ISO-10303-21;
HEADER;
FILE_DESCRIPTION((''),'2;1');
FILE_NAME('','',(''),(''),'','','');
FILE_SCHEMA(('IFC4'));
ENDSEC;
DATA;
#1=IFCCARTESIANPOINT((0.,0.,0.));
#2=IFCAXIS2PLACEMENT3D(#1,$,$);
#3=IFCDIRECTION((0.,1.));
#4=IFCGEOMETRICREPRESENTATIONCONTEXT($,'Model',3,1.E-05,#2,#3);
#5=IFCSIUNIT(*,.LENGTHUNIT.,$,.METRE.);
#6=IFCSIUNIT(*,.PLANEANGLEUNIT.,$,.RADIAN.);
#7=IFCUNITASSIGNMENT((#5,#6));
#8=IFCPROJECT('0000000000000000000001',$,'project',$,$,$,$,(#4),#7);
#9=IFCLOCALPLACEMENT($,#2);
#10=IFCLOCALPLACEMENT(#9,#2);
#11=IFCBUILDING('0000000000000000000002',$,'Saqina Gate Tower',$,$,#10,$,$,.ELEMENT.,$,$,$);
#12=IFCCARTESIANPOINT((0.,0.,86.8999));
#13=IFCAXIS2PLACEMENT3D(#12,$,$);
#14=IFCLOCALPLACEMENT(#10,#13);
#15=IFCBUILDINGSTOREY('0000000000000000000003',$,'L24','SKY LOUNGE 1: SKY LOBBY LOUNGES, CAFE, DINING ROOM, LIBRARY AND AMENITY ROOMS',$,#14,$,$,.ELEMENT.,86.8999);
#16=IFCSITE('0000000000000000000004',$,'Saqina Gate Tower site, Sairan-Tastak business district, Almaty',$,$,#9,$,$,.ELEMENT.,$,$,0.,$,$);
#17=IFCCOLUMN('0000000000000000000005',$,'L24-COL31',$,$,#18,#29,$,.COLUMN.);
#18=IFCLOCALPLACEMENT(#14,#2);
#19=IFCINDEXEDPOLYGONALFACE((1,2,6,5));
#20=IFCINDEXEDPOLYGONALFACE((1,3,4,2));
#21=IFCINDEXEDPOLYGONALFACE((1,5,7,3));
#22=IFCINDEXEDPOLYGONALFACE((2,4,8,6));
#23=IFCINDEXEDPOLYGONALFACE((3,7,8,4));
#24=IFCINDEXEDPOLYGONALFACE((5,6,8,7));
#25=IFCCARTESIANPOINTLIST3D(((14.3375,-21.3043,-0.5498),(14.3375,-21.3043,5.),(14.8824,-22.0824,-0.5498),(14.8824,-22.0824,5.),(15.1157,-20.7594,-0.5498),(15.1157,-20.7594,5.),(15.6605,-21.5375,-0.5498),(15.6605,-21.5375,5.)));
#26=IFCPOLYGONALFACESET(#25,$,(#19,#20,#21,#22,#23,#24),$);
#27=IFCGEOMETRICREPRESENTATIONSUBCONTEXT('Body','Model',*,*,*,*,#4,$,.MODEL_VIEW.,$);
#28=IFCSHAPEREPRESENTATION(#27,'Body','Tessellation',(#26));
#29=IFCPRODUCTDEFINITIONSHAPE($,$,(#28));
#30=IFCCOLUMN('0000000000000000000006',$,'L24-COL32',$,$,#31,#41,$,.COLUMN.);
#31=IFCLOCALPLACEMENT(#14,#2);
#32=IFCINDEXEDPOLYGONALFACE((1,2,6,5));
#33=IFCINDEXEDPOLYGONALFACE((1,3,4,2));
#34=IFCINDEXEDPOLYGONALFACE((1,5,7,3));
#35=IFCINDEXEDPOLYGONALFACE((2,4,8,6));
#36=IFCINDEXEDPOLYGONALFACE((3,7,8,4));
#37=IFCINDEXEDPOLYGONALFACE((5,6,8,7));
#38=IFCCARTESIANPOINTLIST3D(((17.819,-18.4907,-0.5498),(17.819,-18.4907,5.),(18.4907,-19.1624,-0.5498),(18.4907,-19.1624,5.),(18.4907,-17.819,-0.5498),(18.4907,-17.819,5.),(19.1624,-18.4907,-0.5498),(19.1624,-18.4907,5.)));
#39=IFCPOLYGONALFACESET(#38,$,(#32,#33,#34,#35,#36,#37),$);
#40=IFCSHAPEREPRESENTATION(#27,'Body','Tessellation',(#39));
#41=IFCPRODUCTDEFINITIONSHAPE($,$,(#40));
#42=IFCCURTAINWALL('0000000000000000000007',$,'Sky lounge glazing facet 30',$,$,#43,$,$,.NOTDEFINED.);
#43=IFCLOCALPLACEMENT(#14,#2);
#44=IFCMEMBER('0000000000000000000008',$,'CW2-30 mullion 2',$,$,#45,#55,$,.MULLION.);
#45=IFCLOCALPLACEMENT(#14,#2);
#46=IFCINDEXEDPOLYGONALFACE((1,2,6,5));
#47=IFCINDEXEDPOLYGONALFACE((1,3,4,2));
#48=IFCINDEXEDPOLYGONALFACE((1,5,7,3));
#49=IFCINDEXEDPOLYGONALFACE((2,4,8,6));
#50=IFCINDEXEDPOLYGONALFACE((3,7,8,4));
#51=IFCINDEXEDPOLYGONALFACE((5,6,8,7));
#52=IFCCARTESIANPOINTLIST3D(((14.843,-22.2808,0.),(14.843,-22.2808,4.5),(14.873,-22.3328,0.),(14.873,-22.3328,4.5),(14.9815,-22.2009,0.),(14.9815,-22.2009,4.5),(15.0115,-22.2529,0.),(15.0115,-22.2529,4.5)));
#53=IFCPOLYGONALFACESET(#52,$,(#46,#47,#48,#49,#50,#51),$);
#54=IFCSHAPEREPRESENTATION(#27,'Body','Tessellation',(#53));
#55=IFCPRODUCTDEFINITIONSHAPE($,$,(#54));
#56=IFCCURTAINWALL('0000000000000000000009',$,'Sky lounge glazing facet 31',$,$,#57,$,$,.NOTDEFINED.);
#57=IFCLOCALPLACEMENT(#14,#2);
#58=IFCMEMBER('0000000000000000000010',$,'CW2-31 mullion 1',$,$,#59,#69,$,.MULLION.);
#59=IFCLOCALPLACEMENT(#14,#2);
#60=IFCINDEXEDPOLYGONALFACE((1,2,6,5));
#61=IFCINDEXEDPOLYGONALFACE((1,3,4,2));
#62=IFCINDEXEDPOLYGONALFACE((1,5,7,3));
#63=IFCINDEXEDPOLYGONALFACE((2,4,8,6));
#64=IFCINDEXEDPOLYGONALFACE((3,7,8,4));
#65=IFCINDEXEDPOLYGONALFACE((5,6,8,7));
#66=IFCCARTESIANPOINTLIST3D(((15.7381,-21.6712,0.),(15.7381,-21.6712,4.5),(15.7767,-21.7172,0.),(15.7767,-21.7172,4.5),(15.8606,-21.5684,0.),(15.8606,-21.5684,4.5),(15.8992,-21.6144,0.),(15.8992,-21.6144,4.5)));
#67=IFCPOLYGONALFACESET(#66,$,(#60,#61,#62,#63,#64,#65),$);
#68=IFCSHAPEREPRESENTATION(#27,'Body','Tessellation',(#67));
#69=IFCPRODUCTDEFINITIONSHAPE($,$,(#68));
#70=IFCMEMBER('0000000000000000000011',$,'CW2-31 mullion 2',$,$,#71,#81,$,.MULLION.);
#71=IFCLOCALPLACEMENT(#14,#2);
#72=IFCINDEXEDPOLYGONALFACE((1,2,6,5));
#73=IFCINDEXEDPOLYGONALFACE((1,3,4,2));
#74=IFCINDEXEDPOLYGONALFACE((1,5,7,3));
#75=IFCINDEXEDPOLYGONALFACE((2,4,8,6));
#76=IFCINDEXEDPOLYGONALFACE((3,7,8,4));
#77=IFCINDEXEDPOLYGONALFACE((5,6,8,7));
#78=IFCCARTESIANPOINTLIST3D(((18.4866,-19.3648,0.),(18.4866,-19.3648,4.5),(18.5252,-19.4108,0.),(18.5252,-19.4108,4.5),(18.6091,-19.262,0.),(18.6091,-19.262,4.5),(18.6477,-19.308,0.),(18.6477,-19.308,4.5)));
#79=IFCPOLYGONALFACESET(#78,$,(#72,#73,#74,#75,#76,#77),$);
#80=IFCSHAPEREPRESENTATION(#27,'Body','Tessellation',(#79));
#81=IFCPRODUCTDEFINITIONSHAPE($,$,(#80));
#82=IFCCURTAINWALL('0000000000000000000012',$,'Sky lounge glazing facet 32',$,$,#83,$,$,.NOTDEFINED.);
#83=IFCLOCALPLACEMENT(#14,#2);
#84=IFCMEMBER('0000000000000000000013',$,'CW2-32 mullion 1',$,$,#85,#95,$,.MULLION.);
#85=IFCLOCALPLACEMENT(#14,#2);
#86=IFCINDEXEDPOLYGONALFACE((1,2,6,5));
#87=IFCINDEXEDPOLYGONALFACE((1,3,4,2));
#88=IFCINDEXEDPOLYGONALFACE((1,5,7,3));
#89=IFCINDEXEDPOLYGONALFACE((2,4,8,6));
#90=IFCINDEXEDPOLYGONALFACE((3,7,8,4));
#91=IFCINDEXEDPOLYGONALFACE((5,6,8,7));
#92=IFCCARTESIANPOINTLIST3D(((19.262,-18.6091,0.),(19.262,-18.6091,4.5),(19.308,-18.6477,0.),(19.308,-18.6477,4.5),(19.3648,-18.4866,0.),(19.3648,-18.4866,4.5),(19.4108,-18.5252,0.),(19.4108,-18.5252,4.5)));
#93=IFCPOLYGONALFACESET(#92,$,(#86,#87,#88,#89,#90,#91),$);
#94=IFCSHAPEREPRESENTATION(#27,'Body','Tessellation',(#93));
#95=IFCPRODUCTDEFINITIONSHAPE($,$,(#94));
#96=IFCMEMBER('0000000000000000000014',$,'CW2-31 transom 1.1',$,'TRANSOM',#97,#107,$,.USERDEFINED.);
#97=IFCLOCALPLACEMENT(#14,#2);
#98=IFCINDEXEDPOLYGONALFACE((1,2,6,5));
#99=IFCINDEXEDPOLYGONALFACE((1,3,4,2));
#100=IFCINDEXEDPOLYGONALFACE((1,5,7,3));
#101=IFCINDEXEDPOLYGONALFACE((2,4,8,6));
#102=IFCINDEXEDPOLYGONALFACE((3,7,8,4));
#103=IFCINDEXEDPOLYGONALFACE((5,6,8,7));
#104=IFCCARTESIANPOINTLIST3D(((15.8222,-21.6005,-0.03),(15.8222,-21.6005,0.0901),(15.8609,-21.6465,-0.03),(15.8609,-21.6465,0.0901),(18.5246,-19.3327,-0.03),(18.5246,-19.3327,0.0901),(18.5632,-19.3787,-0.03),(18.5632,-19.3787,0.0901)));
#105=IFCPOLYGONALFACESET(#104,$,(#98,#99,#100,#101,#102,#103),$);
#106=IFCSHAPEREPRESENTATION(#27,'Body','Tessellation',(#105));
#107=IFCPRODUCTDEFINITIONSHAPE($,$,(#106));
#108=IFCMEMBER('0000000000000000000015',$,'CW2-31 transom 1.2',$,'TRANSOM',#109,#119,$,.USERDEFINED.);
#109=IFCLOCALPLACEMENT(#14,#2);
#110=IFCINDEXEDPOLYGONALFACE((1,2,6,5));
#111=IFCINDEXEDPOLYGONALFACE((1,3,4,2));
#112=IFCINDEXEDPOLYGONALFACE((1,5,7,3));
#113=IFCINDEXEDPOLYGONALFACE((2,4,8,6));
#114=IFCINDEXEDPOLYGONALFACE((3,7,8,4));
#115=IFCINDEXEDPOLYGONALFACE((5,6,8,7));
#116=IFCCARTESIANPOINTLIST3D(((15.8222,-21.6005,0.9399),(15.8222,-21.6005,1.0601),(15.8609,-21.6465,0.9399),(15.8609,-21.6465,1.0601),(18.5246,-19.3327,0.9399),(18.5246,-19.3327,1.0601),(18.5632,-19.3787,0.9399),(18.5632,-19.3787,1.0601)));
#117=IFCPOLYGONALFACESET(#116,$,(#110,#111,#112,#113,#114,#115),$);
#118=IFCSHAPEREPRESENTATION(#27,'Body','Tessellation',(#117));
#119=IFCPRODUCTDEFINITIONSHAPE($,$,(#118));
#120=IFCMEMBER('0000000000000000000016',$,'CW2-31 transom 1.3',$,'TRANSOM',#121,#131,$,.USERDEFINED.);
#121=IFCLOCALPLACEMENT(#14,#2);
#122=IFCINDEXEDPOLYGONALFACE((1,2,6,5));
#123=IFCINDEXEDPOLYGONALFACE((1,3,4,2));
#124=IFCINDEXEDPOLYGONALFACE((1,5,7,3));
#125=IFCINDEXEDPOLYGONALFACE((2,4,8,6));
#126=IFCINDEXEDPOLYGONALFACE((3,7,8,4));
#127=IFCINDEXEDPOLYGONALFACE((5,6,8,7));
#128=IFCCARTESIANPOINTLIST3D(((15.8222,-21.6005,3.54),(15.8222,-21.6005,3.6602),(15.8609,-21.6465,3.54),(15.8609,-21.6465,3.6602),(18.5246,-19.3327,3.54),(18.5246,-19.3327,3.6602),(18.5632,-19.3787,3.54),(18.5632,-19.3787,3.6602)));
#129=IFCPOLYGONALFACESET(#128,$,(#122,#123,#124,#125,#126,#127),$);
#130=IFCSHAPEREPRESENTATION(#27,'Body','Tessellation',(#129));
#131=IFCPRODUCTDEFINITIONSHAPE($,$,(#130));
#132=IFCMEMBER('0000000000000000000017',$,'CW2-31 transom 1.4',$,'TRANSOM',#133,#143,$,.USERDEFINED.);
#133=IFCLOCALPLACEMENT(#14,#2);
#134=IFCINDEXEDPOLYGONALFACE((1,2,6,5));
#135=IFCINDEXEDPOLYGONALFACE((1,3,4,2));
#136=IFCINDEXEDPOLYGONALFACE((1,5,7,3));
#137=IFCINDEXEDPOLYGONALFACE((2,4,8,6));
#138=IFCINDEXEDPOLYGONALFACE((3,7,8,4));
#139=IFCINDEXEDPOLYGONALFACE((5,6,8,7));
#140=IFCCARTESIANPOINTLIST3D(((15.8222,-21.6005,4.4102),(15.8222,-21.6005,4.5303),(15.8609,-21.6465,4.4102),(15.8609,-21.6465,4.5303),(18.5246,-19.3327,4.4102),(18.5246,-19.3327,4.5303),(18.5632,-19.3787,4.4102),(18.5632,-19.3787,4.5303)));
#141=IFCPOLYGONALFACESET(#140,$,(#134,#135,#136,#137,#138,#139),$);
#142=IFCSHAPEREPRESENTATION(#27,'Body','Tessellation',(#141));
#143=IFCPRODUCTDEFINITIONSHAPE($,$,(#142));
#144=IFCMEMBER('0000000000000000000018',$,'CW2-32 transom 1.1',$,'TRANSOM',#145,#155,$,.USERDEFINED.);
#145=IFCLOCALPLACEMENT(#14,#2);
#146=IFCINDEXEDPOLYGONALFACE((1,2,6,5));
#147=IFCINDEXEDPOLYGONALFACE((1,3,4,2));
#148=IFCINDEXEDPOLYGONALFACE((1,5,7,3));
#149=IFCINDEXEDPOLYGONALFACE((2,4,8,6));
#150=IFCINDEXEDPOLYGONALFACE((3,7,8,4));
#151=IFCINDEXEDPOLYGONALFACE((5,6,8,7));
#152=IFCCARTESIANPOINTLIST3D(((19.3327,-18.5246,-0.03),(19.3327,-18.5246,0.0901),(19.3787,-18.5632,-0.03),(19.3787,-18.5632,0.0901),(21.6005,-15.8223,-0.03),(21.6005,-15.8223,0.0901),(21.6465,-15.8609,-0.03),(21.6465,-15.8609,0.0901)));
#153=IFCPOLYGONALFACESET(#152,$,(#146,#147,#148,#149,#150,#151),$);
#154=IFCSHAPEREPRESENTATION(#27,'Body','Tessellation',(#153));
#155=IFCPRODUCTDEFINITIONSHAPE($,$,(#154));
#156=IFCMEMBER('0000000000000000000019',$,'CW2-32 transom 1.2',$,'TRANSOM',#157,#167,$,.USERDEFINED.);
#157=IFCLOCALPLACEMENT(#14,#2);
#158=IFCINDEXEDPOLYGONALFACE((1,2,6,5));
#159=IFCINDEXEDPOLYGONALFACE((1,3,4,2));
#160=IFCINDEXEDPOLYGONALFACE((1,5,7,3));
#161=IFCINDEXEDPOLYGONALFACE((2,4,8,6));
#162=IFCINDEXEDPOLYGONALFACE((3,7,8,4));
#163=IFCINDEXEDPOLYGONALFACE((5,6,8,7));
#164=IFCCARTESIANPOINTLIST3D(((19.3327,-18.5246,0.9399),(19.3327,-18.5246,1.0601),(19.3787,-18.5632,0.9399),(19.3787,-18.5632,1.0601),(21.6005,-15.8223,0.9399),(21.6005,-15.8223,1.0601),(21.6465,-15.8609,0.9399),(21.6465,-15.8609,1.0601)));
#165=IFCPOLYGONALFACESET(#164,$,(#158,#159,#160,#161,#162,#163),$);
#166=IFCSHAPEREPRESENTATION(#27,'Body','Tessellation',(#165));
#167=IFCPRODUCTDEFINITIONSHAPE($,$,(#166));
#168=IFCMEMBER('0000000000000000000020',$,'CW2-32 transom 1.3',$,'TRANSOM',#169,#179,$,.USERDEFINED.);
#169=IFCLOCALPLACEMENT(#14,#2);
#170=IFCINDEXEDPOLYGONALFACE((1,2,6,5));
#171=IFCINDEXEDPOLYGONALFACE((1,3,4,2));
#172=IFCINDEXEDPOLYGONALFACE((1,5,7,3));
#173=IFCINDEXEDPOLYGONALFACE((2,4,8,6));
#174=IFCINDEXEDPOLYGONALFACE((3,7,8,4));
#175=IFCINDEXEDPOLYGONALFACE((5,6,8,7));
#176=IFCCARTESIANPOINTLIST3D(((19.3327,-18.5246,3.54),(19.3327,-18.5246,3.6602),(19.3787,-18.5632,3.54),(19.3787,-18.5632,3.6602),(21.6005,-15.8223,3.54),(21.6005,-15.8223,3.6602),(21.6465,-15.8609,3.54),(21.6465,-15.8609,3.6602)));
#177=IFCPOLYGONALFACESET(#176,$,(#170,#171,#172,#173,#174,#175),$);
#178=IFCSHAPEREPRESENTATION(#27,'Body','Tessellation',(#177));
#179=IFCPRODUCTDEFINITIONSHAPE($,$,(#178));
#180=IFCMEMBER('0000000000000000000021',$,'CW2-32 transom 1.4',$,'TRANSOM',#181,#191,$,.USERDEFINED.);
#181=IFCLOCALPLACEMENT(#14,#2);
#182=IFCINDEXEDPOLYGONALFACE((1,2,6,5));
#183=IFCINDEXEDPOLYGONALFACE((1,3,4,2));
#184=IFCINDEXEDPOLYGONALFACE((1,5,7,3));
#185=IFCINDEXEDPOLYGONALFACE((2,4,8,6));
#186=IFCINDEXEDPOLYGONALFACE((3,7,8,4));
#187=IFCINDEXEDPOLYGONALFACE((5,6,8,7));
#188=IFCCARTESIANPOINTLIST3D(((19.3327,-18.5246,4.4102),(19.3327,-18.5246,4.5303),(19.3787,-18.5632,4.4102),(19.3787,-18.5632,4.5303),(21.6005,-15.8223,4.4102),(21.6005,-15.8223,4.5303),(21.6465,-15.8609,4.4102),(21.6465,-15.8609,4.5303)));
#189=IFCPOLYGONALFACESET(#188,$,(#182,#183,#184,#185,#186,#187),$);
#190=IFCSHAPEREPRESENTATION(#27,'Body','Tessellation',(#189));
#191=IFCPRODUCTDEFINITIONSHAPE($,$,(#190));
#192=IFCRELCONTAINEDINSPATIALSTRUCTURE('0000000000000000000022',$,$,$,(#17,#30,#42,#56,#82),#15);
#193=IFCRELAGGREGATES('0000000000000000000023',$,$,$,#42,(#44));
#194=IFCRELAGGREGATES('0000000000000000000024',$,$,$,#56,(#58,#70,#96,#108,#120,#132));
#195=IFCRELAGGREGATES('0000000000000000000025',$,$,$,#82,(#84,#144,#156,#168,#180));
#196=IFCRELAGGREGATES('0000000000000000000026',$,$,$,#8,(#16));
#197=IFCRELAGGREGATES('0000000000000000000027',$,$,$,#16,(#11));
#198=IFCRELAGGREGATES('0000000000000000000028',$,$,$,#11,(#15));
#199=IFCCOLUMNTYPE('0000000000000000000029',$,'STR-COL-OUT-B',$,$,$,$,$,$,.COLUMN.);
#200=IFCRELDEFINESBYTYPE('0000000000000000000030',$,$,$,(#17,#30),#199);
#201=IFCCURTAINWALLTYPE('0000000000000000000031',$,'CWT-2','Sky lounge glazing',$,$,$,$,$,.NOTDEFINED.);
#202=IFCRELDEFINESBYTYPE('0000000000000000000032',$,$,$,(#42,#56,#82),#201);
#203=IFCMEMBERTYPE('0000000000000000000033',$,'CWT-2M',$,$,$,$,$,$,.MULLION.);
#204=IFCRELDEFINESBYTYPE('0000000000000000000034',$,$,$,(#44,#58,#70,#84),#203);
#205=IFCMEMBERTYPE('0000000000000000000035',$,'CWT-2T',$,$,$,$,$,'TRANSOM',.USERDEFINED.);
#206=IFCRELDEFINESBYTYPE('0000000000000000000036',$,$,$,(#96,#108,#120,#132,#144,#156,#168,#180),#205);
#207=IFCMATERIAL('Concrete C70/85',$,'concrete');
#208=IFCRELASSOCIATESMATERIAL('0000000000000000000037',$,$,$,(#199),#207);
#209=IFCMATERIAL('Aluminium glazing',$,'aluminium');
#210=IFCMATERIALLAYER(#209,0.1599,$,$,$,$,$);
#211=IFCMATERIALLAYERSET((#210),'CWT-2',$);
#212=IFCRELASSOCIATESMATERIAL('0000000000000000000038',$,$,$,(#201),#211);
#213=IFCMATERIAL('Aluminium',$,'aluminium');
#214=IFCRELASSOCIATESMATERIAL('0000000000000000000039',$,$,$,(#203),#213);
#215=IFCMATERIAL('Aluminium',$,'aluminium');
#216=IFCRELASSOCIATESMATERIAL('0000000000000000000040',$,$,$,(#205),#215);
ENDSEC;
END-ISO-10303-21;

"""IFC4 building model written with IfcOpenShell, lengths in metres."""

from ifc_helpers import new_model, si_unit, direction, frame, origin, origin_2d, place, context, subcontext, project, spatial, rectangle, extrude, material, layer, layer_set, material_profile, profile_set, type_object, element, aggregate, save


model = new_model("IFC4")

# Units and contexts
model_context = context("Model", 3, precision=1e-05, world=origin(), true_north=direction((0.0, 1.0)))
body_context = subcontext(model_context, "Body", "Model", "MODEL_VIEW")
ifc_project = project(units=[si_unit("LENGTHUNIT", "METRE"), si_unit("PLANEANGLEUNIT", "RADIAN")], contexts=[model_context])

# Site, building, storey
site_placement = place(None, origin())
site = spatial("IfcSite", under=ifc_project, at=site_placement, Name="Saqina Gate Tower site, Sairan-Tastak business district, Almaty", CompositionType="ELEMENT", RefElevation=0.0)
building_placement = place(site_placement, origin())
building = spatial("IfcBuilding", under=site, at=building_placement, Name="Saqina Gate Tower", CompositionType="ELEMENT")
storey_placement = place(building_placement, frame((0.0, 0.0, 86.8999)))
storey = spatial("IfcBuildingStorey", under=building, at=storey_placement, Name="L24", Description="SKY LOUNGE 1: SKY LOBBY LOUNGES, CAFE, DINING ROOM, LIBRARY AND AMENITY ROOMS", CompositionType="ELEMENT", Elevation=86.8999)

# Columns
ifc_material_1 = material(Name="Concrete C70/85", Category="concrete")
ifc_material_profile_1 = material_profile(ifc_material_1, rectangle(XDim=0.95, YDim=0.95, at=origin_2d()), Name="RC 950x950")
ifc_profile_set_1 = profile_set([ifc_material_profile_1], Name="Concrete C70/85")
column_type = type_object("IfcColumnType", Name="STR-COL-OUT-B", PredefinedType="COLUMN", material=ifc_profile_set_1)
for number, where, z_axis, x_axis, name in (
    (1, (14.999, -21.4209, -0.5498), (0.0, 0.0, 1.0), (0.573576, -0.819152, 0.0), "L24-COL31"),
    (2, (18.4907, -18.4907, -0.5498), (0.0, 0.0, 1.0), (0.707107, -0.707107, 0.0), "L24-COL32"),
):
    element("IfcColumn", number, at=place(storey_placement, frame(where, z_axis=z_axis, x_axis=x_axis)), inside=storey, type_object=column_type, Name=name, PredefinedType="COLUMN", context=body_context, shape_type="SweptSolid", body=[
        extrude(rectangle(XDim=0.95, YDim=0.95, at=origin_2d()), origin(), (0.0, 0.0, 1.0), 5.5498),
    ])

# Curtain wall, member
ifc_material_2 = material(Name="Aluminium glazing", Category="aluminium")
ifc_layer_1 = layer(ifc_material_2, 0.1599)
ifc_layer_set_1 = layer_set([ifc_layer_1], Name="CWT-2")
curtain_wall_type = type_object("IfcCurtainWallType", Name="CWT-2", Description="Sky lounge glazing", PredefinedType="NOTDEFINED", material=ifc_layer_set_1)
curtain_wall_1_placement = place(storey_placement, origin())
curtain_wall_1 = element("IfcCurtainWall", 3, at=curtain_wall_1_placement, inside=storey, type_object=curtain_wall_type, Name="Sky lounge glazing facet 30", PredefinedType="NOTDEFINED")
ifc_material_3 = material(Name="Aluminium", Category="aluminium")
ifc_material_profile_2 = material_profile(ifc_material_3, rectangle(XDim=0.0601, YDim=0.1599, at=origin_2d()), Name="Aluminium 60x160")
ifc_profile_set_2 = profile_set([ifc_material_profile_2], Name="Aluminium")
member_type_1 = type_object("IfcMemberType", Name="CWT-2M", PredefinedType="MULLION", material=ifc_profile_set_2)
member_1_placement = place(storey_placement, frame((14.9272, -22.2668, 0.0), z_axis=(0.0, 0.0, 1.0), x_axis=(-0.499999, 0.866026, 0.0)))
member_1 = element("IfcMember", 4, at=member_1_placement, type_object=member_type_1, Name="CW2-30 mullion 2", PredefinedType="MULLION", context=body_context, shape_type="SweptSolid", body=[
    extrude(rectangle(XDim=0.0601, YDim=0.1599, at=origin_2d()), origin(), (0.0, 0.0, 1.0), 4.5),
])

# Curtain wall, members
curtain_wall_2_placement = place(storey_placement, origin())
curtain_wall_2 = element("IfcCurtainWall", 5, at=curtain_wall_2_placement, inside=storey, type_object=curtain_wall_type, Name="Sky lounge glazing facet 31", PredefinedType="NOTDEFINED")
member_2_placement = place(storey_placement, frame((15.8186, -21.6428, 0.0), z_axis=(0.0, 0.0, 1.0), x_axis=(-0.642791, 0.766042, 0.0)))
member_2 = element("IfcMember", 6, at=member_2_placement, type_object=member_type_1, Name="CW2-31 mullion 1", PredefinedType="MULLION", context=body_context, shape_type="SweptSolid", body=[
    extrude(rectangle(XDim=0.0601, YDim=0.1599, at=origin_2d()), origin(), (0.0, 0.0, 1.0), 4.5),
])
member_3_placement = place(storey_placement, frame((18.5671, -19.3364, 0.0), z_axis=(0.0, 0.0, 1.0), x_axis=(-0.642791, 0.766042, 0.0)))
member_3 = element("IfcMember", 7, at=member_3_placement, type_object=member_type_1, Name="CW2-31 mullion 2", PredefinedType="MULLION", context=body_context, shape_type="SweptSolid", body=[
    extrude(rectangle(XDim=0.0601, YDim=0.1599, at=origin_2d()), origin(), (0.0, 0.0, 1.0), 4.5),
])

# Curtain wall, member
curtain_wall_3_placement = place(storey_placement, origin())
curtain_wall_3 = element("IfcCurtainWall", 8, at=curtain_wall_3_placement, inside=storey, type_object=curtain_wall_type, Name="Sky lounge glazing facet 32", PredefinedType="NOTDEFINED")
member_4_placement = place(storey_placement, frame((19.3364, -18.5671, 0.0), z_axis=(0.0, 0.0, 1.0), x_axis=(-0.766042, 0.642791, 0.0)))
member_4 = element("IfcMember", 9, at=member_4_placement, type_object=member_type_1, Name="CW2-32 mullion 1", PredefinedType="MULLION", context=body_context, shape_type="SweptSolid", body=[
    extrude(rectangle(XDim=0.0601, YDim=0.1599, at=origin_2d()), origin(), (0.0, 0.0, 1.0), 4.5),
])

# Members
ifc_material_4 = material(Name="Aluminium", Category="aluminium")
ifc_material_profile_3 = material_profile(ifc_material_4, rectangle(XDim=0.0601, YDim=0.1201, at=origin_2d()), Name="Aluminium 60x120")
ifc_profile_set_3 = profile_set([ifc_material_profile_3], Name="Aluminium")
member_type_2 = type_object("IfcMemberType", Name="CWT-2T", ElementType="TRANSOM", PredefinedType="USERDEFINED", material=ifc_profile_set_3)
member_5_placement = place(storey_placement, frame((15.8416, -21.6235, 0.03), z_axis=(0.76601, 0.642828, 0.0), x_axis=(-0.642828, 0.76601, 0.0)))
member_5 = element("IfcMember", 10, at=member_5_placement, type_object=member_type_2, Name="CW2-31 transom 1.1", ObjectType="TRANSOM", PredefinedType="USERDEFINED", context=body_context, shape_type="SweptSolid", body=[
    extrude(rectangle(XDim=0.0601, YDim=0.1201, at=origin_2d()), origin(), (0.0, 0.0, 1.0), 3.5278),
])
member_6_placement = place(storey_placement, frame((15.8416, -21.6235, 1.0), z_axis=(0.76601, 0.642828, 0.0), x_axis=(-0.642828, 0.76601, 0.0)))
member_6 = element("IfcMember", 11, at=member_6_placement, type_object=member_type_2, Name="CW2-31 transom 1.2", ObjectType="TRANSOM", PredefinedType="USERDEFINED", context=body_context, shape_type="SweptSolid", body=[
    extrude(rectangle(XDim=0.0601, YDim=0.1201, at=origin_2d()), origin(), (0.0, 0.0, 1.0), 3.5278),
])
member_7_placement = place(storey_placement, frame((15.8416, -21.6235, 3.6001), z_axis=(0.76601, 0.642828, 0.0), x_axis=(-0.642828, 0.76601, 0.0)))
member_7 = element("IfcMember", 12, at=member_7_placement, type_object=member_type_2, Name="CW2-31 transom 1.3", ObjectType="TRANSOM", PredefinedType="USERDEFINED", context=body_context, shape_type="SweptSolid", body=[
    extrude(rectangle(XDim=0.0601, YDim=0.1201, at=origin_2d()), origin(), (0.0, 0.0, 1.0), 3.5278),
])
member_8_placement = place(storey_placement, frame((15.8416, -21.6235, 4.4702), z_axis=(0.76601, 0.642828, 0.0), x_axis=(-0.642828, 0.76601, 0.0)))
member_8 = element("IfcMember", 13, at=member_8_placement, type_object=member_type_2, Name="CW2-31 transom 1.4", ObjectType="TRANSOM", PredefinedType="USERDEFINED", context=body_context, shape_type="SweptSolid", body=[
    extrude(rectangle(XDim=0.0601, YDim=0.1201, at=origin_2d()), origin(), (0.0, 0.0, 1.0), 3.5278),
])
member_9_placement = place(storey_placement, frame((19.3557, -18.5439, 0.03), z_axis=(0.642828, 0.76601, 0.0), x_axis=(-0.76601, 0.642828, 0.0)))
member_9 = element("IfcMember", 14, at=member_9_placement, type_object=member_type_2, Name="CW2-32 transom 1.1", ObjectType="TRANSOM", PredefinedType="USERDEFINED", context=body_context, shape_type="SweptSolid", body=[
    extrude(rectangle(XDim=0.0601, YDim=0.1201, at=origin_2d()), origin(), (0.0, 0.0, 1.0), 3.5278),
])
member_10_placement = place(storey_placement, frame((19.3557, -18.5439, 1.0), z_axis=(0.642828, 0.76601, 0.0), x_axis=(-0.76601, 0.642828, 0.0)))
member_10 = element("IfcMember", 15, at=member_10_placement, type_object=member_type_2, Name="CW2-32 transom 1.2", ObjectType="TRANSOM", PredefinedType="USERDEFINED", context=body_context, shape_type="SweptSolid", body=[
    extrude(rectangle(XDim=0.0601, YDim=0.1201, at=origin_2d()), origin(), (0.0, 0.0, 1.0), 3.5278),
])
member_11_placement = place(storey_placement, frame((19.3557, -18.5439, 3.6001), z_axis=(0.642828, 0.76601, 0.0), x_axis=(-0.76601, 0.642828, 0.0)))
member_11 = element("IfcMember", 16, at=member_11_placement, type_object=member_type_2, Name="CW2-32 transom 1.3", ObjectType="TRANSOM", PredefinedType="USERDEFINED", context=body_context, shape_type="SweptSolid", body=[
    extrude(rectangle(XDim=0.0601, YDim=0.1201, at=origin_2d()), origin(), (0.0, 0.0, 1.0), 3.5278),
])
member_12_placement = place(storey_placement, frame((19.3557, -18.5439, 4.4702), z_axis=(0.642828, 0.76601, 0.0), x_axis=(-0.76601, 0.642828, 0.0)))
member_12 = element("IfcMember", 17, at=member_12_placement, type_object=member_type_2, Name="CW2-32 transom 1.4", ObjectType="TRANSOM", PredefinedType="USERDEFINED", context=body_context, shape_type="SweptSolid", body=[
    extrude(rectangle(XDim=0.0601, YDim=0.1201, at=origin_2d()), origin(), (0.0, 0.0, 1.0), 3.5278),
])

aggregate(curtain_wall_1, [member_1])
aggregate(curtain_wall_2, [member_2, member_3, member_5, member_6, member_7, member_8])
aggregate(curtain_wall_3, [member_4, member_9, member_10, member_11, member_12])

save(model, "model.ifc")
